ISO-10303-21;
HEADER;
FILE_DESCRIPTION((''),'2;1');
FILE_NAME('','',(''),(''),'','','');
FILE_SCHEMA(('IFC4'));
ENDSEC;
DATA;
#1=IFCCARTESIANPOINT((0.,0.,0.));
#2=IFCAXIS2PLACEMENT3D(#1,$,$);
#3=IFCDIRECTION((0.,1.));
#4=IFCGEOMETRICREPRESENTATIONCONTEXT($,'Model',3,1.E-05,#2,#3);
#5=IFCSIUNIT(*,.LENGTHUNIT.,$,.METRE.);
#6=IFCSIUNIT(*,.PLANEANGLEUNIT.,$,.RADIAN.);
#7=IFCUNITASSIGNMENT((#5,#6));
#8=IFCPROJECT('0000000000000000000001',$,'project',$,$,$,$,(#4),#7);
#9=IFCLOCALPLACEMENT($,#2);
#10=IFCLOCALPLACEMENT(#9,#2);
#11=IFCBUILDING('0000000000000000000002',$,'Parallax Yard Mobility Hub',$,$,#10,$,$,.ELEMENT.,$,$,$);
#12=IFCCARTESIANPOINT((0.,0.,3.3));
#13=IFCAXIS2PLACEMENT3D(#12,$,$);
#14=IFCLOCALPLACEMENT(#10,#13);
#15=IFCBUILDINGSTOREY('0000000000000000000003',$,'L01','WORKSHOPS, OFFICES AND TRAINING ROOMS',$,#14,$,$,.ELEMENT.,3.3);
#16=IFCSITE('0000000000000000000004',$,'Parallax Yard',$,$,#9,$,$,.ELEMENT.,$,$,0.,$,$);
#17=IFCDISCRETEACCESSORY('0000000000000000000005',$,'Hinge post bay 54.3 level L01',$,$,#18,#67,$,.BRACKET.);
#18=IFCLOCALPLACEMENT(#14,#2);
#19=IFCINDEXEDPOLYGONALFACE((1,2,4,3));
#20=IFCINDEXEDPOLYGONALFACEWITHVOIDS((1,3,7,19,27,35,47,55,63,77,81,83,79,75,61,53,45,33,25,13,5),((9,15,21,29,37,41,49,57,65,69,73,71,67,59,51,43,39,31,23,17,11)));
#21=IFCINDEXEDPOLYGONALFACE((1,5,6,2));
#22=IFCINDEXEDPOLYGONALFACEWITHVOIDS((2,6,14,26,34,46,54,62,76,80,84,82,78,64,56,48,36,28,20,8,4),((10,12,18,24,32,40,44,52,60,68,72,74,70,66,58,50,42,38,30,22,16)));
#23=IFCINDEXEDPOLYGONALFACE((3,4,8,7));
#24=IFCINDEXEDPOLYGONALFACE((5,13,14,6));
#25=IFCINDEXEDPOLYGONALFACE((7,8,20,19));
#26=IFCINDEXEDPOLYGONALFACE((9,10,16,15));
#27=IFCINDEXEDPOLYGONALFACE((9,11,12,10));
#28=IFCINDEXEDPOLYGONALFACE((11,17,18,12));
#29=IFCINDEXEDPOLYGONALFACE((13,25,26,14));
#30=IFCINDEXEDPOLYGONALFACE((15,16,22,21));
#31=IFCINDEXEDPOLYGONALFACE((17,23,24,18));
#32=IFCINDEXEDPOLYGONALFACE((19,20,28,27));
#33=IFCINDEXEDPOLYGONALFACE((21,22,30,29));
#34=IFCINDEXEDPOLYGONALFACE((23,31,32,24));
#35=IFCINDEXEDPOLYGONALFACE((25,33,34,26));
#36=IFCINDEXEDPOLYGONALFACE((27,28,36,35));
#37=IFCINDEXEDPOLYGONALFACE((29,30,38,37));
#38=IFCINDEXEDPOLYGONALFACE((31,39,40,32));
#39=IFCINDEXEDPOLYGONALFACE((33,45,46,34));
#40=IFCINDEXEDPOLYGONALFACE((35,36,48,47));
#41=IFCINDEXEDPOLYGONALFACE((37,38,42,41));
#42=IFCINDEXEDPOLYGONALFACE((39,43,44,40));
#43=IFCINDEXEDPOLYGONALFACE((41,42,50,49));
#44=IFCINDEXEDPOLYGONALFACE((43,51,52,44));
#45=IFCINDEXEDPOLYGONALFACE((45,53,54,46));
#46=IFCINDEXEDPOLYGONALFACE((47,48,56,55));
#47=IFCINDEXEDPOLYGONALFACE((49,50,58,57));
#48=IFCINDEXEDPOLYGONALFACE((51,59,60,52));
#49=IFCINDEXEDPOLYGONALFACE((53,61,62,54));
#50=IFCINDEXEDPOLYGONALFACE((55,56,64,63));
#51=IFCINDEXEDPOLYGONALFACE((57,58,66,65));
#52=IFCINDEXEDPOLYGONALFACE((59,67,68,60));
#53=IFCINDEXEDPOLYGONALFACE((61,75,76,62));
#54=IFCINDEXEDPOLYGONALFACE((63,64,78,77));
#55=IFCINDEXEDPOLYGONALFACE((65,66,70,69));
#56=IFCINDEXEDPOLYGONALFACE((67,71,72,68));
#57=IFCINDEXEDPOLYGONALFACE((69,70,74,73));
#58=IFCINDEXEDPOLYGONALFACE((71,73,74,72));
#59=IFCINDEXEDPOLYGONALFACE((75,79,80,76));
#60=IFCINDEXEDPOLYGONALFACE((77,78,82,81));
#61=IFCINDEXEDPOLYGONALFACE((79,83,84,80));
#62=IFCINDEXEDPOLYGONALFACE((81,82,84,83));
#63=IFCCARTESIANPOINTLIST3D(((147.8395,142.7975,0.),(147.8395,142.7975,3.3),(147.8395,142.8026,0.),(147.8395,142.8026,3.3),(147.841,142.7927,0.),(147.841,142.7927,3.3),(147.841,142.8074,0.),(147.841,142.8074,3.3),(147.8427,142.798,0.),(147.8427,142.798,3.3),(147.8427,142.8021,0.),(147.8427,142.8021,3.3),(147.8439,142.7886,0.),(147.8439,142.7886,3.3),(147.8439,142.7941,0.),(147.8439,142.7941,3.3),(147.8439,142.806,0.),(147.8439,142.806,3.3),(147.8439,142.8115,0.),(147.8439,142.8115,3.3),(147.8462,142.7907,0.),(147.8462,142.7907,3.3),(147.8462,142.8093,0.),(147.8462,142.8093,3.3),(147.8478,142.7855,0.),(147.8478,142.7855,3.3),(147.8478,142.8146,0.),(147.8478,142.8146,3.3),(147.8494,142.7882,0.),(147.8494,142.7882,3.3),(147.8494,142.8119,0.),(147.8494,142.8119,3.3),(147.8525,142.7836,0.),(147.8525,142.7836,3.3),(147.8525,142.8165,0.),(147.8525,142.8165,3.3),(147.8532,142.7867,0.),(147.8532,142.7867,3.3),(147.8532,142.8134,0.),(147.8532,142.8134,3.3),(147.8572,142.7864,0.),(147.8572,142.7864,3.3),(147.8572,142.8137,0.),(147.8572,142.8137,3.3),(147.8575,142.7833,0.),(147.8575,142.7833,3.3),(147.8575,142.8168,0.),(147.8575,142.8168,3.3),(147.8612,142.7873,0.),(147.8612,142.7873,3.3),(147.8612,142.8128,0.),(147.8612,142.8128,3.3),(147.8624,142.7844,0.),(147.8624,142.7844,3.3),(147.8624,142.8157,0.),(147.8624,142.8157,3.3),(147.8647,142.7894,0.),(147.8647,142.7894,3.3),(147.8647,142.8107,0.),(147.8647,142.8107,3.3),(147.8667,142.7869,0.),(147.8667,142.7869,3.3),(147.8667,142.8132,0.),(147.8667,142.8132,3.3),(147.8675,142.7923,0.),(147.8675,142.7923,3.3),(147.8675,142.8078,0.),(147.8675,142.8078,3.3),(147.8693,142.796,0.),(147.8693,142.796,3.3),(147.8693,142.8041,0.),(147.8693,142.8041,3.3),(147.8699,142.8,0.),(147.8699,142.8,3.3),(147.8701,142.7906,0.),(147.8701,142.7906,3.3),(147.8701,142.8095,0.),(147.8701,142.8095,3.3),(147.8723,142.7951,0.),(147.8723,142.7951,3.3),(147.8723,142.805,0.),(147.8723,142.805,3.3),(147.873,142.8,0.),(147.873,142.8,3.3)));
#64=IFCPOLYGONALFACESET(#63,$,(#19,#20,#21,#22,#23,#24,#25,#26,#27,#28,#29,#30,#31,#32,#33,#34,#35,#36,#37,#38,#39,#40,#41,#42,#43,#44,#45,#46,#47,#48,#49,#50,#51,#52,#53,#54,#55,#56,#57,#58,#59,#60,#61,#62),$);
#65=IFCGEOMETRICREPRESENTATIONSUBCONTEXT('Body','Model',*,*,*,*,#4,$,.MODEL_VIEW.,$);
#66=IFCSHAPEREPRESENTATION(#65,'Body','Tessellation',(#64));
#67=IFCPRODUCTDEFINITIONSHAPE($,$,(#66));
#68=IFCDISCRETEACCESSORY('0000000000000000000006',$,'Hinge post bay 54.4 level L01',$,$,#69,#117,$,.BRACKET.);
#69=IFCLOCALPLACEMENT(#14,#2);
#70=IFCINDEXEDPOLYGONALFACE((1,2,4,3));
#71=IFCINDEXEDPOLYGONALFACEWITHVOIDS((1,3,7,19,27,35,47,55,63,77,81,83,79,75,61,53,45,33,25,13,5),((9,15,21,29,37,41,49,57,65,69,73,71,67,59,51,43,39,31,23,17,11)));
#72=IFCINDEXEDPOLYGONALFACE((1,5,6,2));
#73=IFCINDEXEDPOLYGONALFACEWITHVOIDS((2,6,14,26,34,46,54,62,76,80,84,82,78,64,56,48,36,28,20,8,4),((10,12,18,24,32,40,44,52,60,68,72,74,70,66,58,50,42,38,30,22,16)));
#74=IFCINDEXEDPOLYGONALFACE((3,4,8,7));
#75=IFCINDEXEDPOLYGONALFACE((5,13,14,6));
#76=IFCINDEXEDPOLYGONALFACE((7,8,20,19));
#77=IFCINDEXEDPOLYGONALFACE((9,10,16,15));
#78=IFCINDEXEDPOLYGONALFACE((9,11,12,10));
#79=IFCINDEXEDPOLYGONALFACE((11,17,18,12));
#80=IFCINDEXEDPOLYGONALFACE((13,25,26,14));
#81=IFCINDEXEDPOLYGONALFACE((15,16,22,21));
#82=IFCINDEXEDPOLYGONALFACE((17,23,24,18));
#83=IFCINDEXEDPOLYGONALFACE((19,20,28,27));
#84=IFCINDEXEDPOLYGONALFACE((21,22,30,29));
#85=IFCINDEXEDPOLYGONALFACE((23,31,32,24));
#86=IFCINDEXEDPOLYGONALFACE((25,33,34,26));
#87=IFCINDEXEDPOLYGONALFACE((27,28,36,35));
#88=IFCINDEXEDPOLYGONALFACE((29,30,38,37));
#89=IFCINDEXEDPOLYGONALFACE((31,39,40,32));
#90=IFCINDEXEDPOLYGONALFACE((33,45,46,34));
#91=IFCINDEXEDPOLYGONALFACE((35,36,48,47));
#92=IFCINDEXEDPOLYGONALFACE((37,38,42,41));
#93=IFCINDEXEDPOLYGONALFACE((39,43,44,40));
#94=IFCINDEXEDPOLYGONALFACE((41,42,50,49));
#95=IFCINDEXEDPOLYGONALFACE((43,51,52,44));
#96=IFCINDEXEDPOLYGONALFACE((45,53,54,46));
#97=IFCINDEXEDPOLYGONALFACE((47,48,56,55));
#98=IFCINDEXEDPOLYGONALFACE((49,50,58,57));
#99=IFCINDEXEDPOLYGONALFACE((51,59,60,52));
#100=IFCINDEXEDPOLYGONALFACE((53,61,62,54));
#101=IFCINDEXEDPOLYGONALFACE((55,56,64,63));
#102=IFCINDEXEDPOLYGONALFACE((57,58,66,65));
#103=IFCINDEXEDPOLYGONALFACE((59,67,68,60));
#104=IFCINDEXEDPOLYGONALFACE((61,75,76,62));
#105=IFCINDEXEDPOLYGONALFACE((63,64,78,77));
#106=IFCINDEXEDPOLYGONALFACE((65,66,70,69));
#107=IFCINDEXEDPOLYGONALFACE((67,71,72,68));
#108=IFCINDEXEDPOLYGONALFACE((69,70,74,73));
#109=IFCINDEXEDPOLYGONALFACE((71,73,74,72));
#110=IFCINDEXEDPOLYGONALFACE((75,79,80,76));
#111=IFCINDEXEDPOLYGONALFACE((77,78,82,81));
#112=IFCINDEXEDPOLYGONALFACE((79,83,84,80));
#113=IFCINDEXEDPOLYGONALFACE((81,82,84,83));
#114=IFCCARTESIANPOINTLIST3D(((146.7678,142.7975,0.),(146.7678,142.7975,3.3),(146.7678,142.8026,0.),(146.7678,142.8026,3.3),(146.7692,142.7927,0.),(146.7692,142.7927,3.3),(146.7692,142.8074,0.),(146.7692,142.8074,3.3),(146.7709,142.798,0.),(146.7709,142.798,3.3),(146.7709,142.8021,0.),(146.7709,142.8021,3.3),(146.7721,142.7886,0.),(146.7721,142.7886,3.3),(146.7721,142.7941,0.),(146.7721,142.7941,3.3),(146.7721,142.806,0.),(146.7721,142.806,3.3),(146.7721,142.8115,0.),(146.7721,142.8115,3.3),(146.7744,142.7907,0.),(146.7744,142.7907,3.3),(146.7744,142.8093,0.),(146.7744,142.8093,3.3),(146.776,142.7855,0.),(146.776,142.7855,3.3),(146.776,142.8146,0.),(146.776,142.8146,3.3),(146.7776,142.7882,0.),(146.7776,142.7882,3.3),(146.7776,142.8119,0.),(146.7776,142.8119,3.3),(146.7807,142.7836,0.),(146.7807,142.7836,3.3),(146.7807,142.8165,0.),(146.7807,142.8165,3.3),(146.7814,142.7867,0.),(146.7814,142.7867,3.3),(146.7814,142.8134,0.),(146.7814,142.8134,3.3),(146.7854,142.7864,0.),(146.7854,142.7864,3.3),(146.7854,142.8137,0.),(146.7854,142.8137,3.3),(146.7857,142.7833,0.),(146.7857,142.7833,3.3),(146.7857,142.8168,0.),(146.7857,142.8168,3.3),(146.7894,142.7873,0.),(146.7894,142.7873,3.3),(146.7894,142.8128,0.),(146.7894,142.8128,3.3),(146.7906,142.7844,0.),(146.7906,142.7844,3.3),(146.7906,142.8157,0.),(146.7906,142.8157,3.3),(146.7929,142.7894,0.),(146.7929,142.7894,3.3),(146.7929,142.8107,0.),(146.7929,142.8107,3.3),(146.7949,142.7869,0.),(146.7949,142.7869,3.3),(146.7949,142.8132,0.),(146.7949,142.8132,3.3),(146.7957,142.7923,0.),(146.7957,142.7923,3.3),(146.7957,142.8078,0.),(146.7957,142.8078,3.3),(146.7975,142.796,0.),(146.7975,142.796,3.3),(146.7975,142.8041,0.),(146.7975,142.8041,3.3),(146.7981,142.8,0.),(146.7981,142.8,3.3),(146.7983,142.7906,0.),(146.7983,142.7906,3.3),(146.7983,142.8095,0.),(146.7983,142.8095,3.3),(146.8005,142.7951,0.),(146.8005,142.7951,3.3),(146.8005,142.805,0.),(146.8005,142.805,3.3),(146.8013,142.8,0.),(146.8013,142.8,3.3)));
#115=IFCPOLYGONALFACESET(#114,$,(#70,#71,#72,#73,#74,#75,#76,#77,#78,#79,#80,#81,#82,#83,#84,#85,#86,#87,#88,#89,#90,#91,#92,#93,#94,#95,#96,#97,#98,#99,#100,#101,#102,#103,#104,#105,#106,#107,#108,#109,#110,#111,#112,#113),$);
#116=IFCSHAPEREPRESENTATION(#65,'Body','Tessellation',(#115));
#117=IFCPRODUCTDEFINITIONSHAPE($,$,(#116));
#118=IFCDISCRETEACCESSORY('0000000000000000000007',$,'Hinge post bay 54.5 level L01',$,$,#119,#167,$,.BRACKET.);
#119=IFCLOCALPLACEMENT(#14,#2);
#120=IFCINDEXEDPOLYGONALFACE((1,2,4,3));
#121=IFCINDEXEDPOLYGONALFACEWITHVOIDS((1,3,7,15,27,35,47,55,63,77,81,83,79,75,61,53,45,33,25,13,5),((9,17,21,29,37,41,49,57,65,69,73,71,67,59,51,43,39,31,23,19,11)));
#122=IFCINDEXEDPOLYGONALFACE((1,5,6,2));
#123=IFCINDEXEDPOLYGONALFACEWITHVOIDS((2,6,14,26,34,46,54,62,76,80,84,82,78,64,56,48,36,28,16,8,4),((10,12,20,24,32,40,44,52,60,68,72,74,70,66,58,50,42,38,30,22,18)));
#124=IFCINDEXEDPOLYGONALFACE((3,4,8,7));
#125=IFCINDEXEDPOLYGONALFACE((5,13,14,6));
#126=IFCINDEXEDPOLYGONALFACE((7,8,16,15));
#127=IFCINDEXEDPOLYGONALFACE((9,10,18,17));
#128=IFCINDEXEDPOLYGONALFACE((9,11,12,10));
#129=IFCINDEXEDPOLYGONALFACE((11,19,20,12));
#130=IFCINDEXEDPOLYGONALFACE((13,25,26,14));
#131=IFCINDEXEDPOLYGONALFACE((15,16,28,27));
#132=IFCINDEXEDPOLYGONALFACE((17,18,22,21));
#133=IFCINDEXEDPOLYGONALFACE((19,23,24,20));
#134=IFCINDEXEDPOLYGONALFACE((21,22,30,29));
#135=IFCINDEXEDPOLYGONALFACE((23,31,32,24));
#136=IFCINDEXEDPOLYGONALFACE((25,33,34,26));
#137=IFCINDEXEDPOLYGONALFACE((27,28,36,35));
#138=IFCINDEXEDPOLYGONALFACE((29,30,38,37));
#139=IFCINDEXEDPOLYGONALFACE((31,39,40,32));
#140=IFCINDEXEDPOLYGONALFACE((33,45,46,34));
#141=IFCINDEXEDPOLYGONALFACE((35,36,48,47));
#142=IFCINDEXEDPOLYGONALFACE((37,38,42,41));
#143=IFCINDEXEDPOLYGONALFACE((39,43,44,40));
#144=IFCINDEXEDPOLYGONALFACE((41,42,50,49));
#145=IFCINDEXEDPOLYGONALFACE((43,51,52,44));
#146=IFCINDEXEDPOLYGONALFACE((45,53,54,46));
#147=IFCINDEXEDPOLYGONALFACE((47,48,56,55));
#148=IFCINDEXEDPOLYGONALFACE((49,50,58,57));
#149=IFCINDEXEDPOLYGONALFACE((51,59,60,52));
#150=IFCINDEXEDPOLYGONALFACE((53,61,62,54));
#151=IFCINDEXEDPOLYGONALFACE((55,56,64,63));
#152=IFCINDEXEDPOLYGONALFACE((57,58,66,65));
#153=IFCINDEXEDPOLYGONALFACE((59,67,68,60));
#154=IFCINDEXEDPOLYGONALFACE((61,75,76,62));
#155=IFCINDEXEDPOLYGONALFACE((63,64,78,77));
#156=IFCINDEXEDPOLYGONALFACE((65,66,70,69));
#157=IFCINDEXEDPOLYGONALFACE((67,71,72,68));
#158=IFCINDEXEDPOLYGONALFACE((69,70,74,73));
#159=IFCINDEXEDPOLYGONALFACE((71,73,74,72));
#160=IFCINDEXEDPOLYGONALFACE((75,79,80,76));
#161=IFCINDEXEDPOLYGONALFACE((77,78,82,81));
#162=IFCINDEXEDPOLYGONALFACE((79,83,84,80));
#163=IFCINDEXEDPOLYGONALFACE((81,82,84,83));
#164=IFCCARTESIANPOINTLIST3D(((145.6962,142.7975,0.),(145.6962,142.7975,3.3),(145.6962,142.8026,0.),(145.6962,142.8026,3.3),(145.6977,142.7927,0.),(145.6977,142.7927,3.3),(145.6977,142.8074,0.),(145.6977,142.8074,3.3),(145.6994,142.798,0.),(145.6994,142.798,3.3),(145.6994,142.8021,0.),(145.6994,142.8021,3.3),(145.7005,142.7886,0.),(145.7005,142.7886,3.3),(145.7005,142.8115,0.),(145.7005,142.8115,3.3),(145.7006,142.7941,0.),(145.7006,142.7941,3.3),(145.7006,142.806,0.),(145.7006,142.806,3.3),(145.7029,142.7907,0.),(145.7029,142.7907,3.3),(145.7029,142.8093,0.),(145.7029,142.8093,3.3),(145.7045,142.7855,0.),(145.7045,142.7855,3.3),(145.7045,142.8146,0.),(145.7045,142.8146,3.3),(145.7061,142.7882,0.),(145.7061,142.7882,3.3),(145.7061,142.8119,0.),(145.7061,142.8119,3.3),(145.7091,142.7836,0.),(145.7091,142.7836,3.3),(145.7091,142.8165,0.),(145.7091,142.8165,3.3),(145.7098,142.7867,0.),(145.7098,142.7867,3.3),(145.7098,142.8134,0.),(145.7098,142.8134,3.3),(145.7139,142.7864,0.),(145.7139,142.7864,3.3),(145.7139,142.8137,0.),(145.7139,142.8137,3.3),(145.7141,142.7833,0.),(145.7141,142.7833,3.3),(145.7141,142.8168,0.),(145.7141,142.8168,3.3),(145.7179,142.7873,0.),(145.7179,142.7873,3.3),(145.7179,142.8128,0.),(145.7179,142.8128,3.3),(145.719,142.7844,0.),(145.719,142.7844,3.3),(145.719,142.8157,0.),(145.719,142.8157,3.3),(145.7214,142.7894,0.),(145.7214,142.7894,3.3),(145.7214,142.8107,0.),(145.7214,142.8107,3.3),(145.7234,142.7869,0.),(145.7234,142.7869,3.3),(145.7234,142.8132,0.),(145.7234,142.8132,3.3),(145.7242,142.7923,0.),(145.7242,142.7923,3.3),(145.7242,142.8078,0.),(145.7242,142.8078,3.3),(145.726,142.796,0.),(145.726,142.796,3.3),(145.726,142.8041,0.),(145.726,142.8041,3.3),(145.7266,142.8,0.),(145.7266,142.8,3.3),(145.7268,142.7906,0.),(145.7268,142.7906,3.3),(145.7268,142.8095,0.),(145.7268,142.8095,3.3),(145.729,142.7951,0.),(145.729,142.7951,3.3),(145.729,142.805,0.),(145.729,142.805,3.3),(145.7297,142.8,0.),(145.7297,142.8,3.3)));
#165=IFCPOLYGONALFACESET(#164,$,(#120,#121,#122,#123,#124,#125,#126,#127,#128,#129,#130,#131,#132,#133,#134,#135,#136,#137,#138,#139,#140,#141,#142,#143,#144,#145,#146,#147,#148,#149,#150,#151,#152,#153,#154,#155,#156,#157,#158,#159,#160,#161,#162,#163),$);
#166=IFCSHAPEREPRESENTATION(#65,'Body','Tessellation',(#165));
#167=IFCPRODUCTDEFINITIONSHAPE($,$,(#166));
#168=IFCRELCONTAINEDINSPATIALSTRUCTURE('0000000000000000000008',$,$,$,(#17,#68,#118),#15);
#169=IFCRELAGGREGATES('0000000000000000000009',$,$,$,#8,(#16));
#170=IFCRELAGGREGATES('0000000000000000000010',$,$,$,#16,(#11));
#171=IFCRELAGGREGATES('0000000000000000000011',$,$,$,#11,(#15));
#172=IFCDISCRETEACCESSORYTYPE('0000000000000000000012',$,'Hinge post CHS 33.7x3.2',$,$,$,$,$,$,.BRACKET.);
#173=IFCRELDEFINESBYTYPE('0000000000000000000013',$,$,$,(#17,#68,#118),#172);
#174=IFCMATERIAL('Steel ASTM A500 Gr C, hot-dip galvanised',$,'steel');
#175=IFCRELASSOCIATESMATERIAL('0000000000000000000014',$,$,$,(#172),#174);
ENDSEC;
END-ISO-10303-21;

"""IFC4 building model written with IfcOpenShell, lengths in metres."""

from ifc_helpers import new_model, si_unit, direction, frame, origin, origin_2d, place, context, subcontext, project, spatial, hollow_circle, extrude, material, material_profile, profile_set, type_object, element, save


model = new_model("IFC4")

# Units and contexts
model_context = context("Model", 3, precision=1e-05, world=origin(), true_north=direction((0.0, 1.0)))
body_context = subcontext(model_context, "Body", "Model", "MODEL_VIEW")
ifc_project = project(units=[si_unit("LENGTHUNIT", "METRE"), si_unit("PLANEANGLEUNIT", "RADIAN")], contexts=[model_context])

# Site, building, storey
site_placement = place(None, origin())
site = spatial("IfcSite", under=ifc_project, at=site_placement, Name="Parallax Yard", CompositionType="ELEMENT", RefElevation=0.0)
building_placement = place(site_placement, origin())
building = spatial("IfcBuilding", under=site, at=building_placement, Name="Parallax Yard Mobility Hub", CompositionType="ELEMENT")
storey_placement = place(building_placement, frame((0.0, 0.0, 3.3)))
storey = spatial("IfcBuildingStorey", under=building, at=storey_placement, Name="L01", Description="WORKSHOPS, OFFICES AND TRAINING ROOMS", CompositionType="ELEMENT", Elevation=3.3)

# Discrete accessories
ifc_material_1 = material(Name="Steel ASTM A500 Gr C, hot-dip galvanised", Category="steel")
ifc_material_profile_1 = material_profile(ifc_material_1, hollow_circle(Radius=0.0168, WallThickness=0.0032, at=origin_2d()), Name="CHS 33.7x3.2")
ifc_profile_set_1 = profile_set([ifc_material_profile_1], Name="Steel ASTM A500 Gr C, hot-dip galvanised")
discrete_accessory_type_1 = type_object("IfcDiscreteAccessoryType", Name="Hinge post CHS 33.7x3.2", PredefinedType="BRACKET", material=ifc_profile_set_1)
for number, where, z_axis, x_axis, name in (
    (1, (147.8562, 142.8, 0.0), (0.0, 0.0, 1.0), (1.0, 0.0, 0.0), "Hinge post bay 54.3 level L01"),
    (2, (146.7844, 142.8, 0.0), (0.0, 0.0, 1.0), (1.0, 0.0, 0.0), "Hinge post bay 54.4 level L01"),
    (3, (145.7129, 142.8, 0.0), (0.0, 0.0, 1.0), (1.0, 0.0, 0.0), "Hinge post bay 54.5 level L01"),
):
    element("IfcDiscreteAccessory", number, at=place(storey_placement, frame(where, z_axis=z_axis, x_axis=x_axis)), inside=storey, type_object=discrete_accessory_type_1, Name=name, PredefinedType="BRACKET", context=body_context, shape_type="SweptSolid", body=[
        extrude(hollow_circle(Radius=0.0168, WallThickness=0.0032, at=origin_2d()), origin(), (0.0, 0.0, 1.0), 3.3),
    ])

save(model, "model.ifc")
